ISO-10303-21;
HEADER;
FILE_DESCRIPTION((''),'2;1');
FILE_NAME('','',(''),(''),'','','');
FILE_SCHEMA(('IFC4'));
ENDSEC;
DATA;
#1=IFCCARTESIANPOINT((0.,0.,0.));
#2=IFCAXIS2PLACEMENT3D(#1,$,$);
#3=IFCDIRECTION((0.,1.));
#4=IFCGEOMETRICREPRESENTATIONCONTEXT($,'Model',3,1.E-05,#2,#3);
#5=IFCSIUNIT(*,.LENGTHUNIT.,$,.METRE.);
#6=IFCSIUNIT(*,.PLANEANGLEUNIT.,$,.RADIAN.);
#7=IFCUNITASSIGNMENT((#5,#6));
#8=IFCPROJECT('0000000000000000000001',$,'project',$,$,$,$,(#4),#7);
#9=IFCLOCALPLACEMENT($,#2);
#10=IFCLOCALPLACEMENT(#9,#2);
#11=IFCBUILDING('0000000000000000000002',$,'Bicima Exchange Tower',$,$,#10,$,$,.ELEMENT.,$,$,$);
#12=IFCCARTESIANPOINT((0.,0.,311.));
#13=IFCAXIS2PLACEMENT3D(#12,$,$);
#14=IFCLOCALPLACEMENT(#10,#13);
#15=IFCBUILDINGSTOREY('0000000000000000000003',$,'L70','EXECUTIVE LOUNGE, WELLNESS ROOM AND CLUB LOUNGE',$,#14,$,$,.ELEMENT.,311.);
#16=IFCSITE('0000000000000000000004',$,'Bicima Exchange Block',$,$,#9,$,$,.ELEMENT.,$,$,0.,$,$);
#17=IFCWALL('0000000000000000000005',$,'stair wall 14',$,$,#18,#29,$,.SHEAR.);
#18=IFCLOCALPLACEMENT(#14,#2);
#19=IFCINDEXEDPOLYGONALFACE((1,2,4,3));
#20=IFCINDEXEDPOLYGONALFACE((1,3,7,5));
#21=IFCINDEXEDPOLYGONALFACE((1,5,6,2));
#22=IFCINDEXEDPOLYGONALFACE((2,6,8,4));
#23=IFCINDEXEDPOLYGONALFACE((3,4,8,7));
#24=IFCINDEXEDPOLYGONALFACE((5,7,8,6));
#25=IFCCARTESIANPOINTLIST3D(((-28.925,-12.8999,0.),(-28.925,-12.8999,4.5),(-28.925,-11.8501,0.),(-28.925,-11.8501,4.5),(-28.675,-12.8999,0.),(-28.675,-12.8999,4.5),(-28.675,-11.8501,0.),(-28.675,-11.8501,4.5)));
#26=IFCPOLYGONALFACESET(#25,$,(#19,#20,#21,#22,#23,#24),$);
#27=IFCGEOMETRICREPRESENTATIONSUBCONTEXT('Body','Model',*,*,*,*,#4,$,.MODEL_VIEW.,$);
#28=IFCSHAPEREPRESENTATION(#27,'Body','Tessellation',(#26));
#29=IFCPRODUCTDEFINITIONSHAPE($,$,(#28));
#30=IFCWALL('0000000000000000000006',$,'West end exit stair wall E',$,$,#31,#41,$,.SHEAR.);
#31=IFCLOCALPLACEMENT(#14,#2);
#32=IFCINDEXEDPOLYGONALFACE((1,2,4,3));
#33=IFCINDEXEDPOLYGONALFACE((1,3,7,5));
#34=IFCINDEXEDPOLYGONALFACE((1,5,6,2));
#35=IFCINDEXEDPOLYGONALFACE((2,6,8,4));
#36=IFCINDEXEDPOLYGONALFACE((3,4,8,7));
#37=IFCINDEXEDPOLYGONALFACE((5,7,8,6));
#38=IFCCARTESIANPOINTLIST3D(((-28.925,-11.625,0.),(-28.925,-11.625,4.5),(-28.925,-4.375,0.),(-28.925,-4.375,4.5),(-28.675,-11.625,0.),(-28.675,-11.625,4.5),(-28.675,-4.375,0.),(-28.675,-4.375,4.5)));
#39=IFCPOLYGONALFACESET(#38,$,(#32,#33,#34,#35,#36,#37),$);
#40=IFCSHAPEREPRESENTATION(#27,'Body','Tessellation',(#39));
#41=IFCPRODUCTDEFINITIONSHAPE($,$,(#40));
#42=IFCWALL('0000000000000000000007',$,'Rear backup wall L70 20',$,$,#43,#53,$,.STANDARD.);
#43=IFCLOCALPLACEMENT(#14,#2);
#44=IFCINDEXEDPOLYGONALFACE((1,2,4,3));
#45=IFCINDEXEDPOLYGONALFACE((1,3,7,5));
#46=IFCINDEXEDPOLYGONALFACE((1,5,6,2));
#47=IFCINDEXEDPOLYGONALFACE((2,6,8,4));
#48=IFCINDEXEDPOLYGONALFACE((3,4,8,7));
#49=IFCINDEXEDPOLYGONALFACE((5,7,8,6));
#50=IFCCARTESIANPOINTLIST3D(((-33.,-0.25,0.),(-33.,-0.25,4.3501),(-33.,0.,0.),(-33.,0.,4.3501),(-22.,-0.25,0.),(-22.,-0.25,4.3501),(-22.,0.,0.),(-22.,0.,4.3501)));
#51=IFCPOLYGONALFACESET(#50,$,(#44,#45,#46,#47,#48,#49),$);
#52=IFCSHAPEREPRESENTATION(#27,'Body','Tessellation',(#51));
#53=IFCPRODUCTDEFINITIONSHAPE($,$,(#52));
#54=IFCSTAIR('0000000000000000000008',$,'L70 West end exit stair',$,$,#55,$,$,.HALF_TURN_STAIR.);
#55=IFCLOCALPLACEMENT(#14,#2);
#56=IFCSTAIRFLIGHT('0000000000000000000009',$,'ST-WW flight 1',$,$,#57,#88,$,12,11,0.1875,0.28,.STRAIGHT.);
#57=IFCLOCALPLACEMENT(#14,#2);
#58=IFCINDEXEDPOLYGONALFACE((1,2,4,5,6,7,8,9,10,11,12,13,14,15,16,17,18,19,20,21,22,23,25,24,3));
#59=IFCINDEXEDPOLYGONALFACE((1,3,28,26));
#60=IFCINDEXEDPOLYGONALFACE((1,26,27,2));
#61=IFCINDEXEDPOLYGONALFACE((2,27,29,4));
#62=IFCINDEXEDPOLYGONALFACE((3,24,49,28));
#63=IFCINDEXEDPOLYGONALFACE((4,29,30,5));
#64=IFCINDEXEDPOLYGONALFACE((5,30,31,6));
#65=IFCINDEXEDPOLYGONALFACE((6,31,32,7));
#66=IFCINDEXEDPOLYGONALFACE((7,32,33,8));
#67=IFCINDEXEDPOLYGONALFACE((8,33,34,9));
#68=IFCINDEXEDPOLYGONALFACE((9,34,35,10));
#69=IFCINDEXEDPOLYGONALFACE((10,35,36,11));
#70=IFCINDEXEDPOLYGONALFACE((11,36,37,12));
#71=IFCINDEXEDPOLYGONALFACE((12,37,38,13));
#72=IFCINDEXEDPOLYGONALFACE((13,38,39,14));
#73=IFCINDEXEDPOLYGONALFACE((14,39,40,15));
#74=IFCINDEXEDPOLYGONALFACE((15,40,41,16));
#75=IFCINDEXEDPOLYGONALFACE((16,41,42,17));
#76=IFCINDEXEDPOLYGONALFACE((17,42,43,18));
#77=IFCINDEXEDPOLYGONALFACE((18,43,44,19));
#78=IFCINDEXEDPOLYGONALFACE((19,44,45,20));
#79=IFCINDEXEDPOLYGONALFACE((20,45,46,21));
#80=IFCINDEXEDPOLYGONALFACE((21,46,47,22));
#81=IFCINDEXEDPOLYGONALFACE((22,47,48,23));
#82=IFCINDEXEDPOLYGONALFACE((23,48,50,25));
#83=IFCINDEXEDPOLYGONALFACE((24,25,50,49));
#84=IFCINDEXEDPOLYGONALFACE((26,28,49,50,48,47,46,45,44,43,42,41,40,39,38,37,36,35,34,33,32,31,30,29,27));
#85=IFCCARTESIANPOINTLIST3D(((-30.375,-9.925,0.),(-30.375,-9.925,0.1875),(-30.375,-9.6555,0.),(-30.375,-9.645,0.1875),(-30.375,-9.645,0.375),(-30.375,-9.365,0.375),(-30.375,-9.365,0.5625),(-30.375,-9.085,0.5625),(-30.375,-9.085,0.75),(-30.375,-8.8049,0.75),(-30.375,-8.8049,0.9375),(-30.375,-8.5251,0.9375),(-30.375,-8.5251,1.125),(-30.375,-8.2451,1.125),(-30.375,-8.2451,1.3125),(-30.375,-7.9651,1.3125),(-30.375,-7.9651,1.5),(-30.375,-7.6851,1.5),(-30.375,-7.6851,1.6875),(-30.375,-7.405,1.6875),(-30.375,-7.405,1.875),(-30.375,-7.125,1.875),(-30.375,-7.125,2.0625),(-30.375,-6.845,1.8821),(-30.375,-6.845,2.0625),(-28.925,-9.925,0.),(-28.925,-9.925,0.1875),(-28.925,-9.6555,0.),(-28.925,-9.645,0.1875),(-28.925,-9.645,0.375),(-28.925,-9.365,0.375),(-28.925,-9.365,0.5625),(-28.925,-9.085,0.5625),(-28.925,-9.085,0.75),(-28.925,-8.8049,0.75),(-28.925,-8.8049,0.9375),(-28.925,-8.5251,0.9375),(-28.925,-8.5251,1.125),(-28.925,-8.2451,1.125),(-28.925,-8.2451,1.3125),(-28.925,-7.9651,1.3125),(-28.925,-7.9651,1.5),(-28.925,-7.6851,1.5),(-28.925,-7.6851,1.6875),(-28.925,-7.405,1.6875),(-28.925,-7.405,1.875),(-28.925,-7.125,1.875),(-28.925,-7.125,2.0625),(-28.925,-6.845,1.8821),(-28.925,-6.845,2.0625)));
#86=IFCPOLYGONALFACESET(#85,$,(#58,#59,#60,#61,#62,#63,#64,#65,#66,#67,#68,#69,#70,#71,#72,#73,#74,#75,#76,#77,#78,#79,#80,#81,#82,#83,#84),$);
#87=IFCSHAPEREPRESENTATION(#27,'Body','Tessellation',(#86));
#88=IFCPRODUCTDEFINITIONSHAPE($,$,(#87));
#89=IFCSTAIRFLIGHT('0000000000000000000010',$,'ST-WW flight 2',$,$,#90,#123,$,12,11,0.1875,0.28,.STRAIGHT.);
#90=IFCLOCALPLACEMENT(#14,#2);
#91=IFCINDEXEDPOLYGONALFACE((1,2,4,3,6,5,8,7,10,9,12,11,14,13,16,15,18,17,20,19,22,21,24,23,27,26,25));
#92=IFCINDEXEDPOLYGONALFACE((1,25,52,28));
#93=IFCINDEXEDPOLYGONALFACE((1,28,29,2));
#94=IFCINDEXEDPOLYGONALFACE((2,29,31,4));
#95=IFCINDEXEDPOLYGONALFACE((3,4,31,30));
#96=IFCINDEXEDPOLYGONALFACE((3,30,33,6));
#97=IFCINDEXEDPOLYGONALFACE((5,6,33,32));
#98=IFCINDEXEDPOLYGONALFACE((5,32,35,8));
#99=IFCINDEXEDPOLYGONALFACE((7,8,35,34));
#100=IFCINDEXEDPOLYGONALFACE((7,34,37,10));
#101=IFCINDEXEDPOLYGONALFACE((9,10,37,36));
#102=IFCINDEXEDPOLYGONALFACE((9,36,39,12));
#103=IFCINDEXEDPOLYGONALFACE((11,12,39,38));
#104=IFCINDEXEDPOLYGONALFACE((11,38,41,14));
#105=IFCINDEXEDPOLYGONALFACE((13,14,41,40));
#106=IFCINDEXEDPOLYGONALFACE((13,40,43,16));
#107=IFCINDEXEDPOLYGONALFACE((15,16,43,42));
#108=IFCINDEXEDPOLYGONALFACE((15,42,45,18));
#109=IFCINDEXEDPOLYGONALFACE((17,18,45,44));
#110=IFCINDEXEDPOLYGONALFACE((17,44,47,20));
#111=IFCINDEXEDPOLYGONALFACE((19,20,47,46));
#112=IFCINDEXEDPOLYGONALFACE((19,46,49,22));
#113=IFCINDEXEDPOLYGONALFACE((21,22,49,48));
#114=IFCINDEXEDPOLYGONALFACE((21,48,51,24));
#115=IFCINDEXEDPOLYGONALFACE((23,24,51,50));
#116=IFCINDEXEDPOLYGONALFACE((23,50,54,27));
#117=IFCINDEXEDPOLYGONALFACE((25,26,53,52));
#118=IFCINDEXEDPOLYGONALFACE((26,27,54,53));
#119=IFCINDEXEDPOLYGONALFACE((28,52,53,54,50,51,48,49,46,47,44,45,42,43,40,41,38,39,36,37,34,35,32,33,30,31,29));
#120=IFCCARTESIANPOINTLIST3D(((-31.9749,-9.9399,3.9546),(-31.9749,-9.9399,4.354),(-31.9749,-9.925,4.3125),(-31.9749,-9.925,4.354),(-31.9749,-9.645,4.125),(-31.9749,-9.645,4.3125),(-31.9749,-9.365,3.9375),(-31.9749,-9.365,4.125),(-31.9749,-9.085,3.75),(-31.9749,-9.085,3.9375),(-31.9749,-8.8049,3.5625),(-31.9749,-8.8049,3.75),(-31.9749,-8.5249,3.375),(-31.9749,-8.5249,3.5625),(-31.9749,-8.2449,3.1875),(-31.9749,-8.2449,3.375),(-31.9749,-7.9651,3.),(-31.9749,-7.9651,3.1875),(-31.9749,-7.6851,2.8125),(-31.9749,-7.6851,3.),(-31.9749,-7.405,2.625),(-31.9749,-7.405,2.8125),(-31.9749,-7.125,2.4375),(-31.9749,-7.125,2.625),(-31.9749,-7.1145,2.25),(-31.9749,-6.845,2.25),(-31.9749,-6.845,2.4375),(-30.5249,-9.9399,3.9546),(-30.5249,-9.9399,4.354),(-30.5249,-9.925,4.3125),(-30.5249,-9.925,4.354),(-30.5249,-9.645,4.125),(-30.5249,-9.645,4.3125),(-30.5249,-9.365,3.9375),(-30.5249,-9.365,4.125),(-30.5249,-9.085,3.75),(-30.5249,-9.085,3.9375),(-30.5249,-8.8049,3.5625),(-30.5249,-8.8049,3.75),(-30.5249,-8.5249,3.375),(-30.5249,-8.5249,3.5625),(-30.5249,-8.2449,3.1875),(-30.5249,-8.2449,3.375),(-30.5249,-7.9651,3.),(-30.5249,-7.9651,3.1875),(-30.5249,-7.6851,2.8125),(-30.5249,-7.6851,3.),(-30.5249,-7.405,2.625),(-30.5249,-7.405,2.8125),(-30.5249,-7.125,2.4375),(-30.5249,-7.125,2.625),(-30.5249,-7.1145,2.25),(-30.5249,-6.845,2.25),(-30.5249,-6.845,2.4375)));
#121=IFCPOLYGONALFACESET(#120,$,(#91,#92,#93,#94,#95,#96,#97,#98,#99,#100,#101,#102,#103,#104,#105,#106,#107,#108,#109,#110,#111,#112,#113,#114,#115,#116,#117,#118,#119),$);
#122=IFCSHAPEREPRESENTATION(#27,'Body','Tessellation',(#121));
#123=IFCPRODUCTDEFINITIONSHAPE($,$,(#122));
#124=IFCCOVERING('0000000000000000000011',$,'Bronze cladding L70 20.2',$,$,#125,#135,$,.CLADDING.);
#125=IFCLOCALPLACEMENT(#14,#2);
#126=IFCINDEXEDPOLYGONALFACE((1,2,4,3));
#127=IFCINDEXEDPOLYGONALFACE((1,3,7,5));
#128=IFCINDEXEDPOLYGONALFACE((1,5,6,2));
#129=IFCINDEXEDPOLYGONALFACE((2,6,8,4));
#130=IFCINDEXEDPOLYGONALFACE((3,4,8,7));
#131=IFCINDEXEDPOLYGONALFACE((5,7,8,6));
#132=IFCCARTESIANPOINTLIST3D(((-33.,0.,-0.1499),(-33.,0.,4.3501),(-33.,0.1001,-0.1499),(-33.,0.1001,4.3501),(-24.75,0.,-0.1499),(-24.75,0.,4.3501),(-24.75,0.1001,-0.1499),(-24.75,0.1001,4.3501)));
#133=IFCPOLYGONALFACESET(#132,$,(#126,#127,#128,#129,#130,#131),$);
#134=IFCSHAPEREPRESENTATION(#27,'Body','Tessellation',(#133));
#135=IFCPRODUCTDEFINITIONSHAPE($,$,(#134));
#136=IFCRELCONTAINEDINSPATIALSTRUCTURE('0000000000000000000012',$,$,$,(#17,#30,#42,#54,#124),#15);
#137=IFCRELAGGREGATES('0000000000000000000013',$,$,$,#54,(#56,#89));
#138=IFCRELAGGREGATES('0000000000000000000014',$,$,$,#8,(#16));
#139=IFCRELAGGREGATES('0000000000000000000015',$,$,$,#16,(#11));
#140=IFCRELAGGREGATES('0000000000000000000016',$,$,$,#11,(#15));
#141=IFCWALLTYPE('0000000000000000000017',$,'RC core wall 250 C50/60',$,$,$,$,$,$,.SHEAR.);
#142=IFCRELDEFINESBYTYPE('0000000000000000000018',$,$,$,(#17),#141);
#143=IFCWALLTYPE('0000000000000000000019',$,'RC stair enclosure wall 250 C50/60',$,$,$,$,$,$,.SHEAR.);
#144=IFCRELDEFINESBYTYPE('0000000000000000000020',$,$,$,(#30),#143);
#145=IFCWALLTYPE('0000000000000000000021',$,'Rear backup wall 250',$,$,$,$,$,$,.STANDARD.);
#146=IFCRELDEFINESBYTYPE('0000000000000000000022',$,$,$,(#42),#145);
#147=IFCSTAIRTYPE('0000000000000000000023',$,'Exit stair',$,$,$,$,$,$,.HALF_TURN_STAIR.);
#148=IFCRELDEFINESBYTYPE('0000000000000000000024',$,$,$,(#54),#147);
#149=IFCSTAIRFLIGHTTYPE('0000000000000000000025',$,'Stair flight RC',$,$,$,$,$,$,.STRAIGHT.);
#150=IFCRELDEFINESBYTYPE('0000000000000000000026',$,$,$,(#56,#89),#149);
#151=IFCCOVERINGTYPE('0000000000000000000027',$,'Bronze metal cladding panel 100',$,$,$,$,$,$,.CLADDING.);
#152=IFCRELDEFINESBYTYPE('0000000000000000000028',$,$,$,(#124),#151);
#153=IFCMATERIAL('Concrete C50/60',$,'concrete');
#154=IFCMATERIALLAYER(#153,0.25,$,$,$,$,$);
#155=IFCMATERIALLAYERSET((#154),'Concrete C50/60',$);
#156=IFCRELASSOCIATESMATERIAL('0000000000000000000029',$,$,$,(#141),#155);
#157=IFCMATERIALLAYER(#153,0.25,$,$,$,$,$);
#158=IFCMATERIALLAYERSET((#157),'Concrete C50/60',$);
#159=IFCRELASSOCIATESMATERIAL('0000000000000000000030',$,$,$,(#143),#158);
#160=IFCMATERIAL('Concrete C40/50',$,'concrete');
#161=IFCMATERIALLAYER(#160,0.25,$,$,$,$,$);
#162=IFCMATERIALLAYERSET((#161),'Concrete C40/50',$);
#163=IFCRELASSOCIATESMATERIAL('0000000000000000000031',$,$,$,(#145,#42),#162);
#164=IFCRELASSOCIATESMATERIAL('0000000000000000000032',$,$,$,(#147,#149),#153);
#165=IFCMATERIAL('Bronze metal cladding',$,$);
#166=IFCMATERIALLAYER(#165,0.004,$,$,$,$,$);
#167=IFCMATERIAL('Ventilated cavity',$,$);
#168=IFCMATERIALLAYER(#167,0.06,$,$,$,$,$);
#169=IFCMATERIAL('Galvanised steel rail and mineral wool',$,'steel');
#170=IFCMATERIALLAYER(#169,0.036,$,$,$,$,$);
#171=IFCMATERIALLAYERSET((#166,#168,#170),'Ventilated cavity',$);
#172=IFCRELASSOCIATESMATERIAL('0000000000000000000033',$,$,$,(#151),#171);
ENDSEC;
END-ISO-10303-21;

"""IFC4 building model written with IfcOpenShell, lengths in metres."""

from ifc_helpers import new_model, si_unit, direction, frame, frame_2d, origin, origin_2d, place, context, subcontext, project, spatial, polyline, rectangle, outline, extrude, material, layer, layer_set, layer_usage, type_object, element, aggregate, save


model = new_model("IFC4")

# Units and contexts
model_context = context("Model", 3, precision=1e-05, world=origin(), true_north=direction((0.0, 1.0)))
body_context = subcontext(model_context, "Body", "Model", "MODEL_VIEW")
ifc_project = project(units=[si_unit("LENGTHUNIT", "METRE"), si_unit("PLANEANGLEUNIT", "RADIAN")], contexts=[model_context])

# Site, building, storey
site_placement = place(None, origin())
site = spatial("IfcSite", under=ifc_project, at=site_placement, Name="Bicima Exchange Block", CompositionType="ELEMENT", RefElevation=0.0)
building_placement = place(site_placement, origin())
building = spatial("IfcBuilding", under=site, at=building_placement, Name="Bicima Exchange Tower", CompositionType="ELEMENT")
storey_placement = place(building_placement, frame((0.0, 0.0, 311.0)))
storey = spatial("IfcBuildingStorey", under=building, at=storey_placement, Name="L70", Description="EXECUTIVE LOUNGE, WELLNESS ROOM AND CLUB LOUNGE", CompositionType="ELEMENT", Elevation=311.0)

# Shared definitions
ifc_material_1 = material(Name="Concrete C40/50", Category="concrete")

# Walls
ifc_material_2 = material(Name="Concrete C50/60", Category="concrete")
ifc_layer_1 = layer(ifc_material_2, 0.25)
ifc_layer_set_1 = layer_set([ifc_layer_1], Name="Concrete C50/60")
wall_type_1 = type_object("IfcWallType", Name="RC core wall 250 C50/60", PredefinedType="SHEAR", material=ifc_layer_set_1)
wall_1_placement = place(storey_placement, frame((-28.8, -12.8999, 0.0), z_axis=(0.0, 0.0, 1.0), x_axis=(0.0, 1.0, 0.0)))
element("IfcWall", 1, at=wall_1_placement, inside=storey, type_object=wall_type_1, Name="stair wall 14", PredefinedType="SHEAR", context=body_context, shape_type="SweptSolid", body=[
    extrude(rectangle(XDim=1.0498, YDim=0.25, at=frame_2d((0.5249, 0.0))), origin(), (0.0, 0.0, 1.0), 4.5),
])
ifc_layer_2 = layer(ifc_material_2, 0.25)
ifc_layer_set_2 = layer_set([ifc_layer_2], Name="Concrete C50/60")
wall_type_2 = type_object("IfcWallType", Name="RC stair enclosure wall 250 C50/60", PredefinedType="SHEAR", material=ifc_layer_set_2)
wall_2_placement = place(storey_placement, frame((-28.8, -11.625, 0.0), z_axis=(0.0, 0.0, 1.0), x_axis=(0.0, 1.0, 0.0)))
element("IfcWall", 2, at=wall_2_placement, inside=storey, type_object=wall_type_2, Name="West end exit stair wall E", PredefinedType="SHEAR", context=body_context, shape_type="SweptSolid", body=[
    extrude(rectangle(XDim=7.25, YDim=0.25, at=frame_2d((3.625, 0.0))), origin(), (0.0, 0.0, 1.0), 4.5),
])
ifc_layer_3 = layer(ifc_material_1, 0.25)
ifc_layer_set_3 = layer_set([ifc_layer_3], Name="Concrete C40/50")
ifc_layer_usage = layer_usage(ifc_layer_set_3, "AXIS2", "POSITIVE", -0.125)
wall_type_3 = type_object("IfcWallType", Name="Rear backup wall 250", PredefinedType="STANDARD", material=ifc_layer_set_3)
wall_3_placement = place(storey_placement, frame((-22.0, -0.125, 0.0), z_axis=(0.0, 0.0, 1.0), x_axis=(-1.0, 0.0, 0.0)))
element("IfcWall", 3, at=wall_3_placement, inside=storey, type_object=wall_type_3, material=ifc_layer_usage, Name="Rear backup wall L70 20", PredefinedType="STANDARD", context=body_context, shape_type="SweptSolid", body=[
    extrude(rectangle(XDim=11.0, YDim=0.25, at=frame_2d((5.5, 0.0))), origin(), (0.0, 0.0, 1.0), 4.3501),
])

# Stair, stair flights
stair_type = type_object("IfcStairType", Name="Exit stair", PredefinedType="HALF_TURN_STAIR", material=ifc_material_2)
stair_placement = place(storey_placement, origin())
stair = element("IfcStair", 4, at=stair_placement, inside=storey, type_object=stair_type, Name="L70 West end exit stair", PredefinedType="HALF_TURN_STAIR")
stair_flight_type = type_object("IfcStairFlightType", Name="Stair flight RC", PredefinedType="STRAIGHT", material=ifc_material_2)
stair_flight_1_placement = place(storey_placement, frame((-29.6499, -9.925, 0.0), z_axis=(0.0, 0.0, 1.0), x_axis=(0.0, 1.0, 0.0)))
stair_flight_1 = element("IfcStairFlight", 5, at=stair_flight_1_placement, type_object=stair_flight_type, Name="ST-WW flight 1", NumberOfRisers=12, NumberOfTreads=11, PredefinedType="STRAIGHT", RiserHeight=0.1875, TreadLength=0.28, context=body_context, shape_type="SweptSolid", body=[
    extrude(outline(polyline([(0.0, 0.0), (0.0, 0.1875), (0.28, 0.1875), (0.28, 0.375), (0.5601, 0.375), (0.5601, 0.5625), (0.8401, 0.5625), (0.8401, 0.75), (1.1201, 0.75), (1.1201, 0.9375), (1.3999, 0.9375), (1.3999, 1.125), (1.6799, 1.125), (1.6799, 1.3125), (1.96, 1.3125), (1.96, 1.5), (2.24, 1.5), (2.24, 1.6875), (2.52, 1.6875), (2.52, 1.875), (2.8, 1.875), (2.8, 2.0625), (3.0801, 2.0625), (3.0801, 2.25), (3.0801, 1.8821), (0.2695, 0.0), (0.0, 0.0)])), frame((0.0, 0.7251, 0.0), z_axis=(0.0, -1.0, 0.0), x_axis=(1.0, 0.0, 0.0)), (0.0, 0.0, 1.0), 1.45),
])
stair_flight_2_placement = place(storey_placement, frame((-31.25, -6.845, 2.25), z_axis=(0.0, 0.0, 1.0), x_axis=(0.0, -1.0, 0.0)))
stair_flight_2 = element("IfcStairFlight", 6, at=stair_flight_2_placement, type_object=stair_flight_type, Name="ST-WW flight 2", NumberOfRisers=12, NumberOfTreads=11, PredefinedType="STRAIGHT", RiserHeight=0.1875, TreadLength=0.28, context=body_context, shape_type="SweptSolid", body=[
    extrude(outline(polyline([(0.0, 0.0), (0.0, 0.1875), (0.28, 0.1875), (0.28, 0.375), (0.5601, 0.375), (0.5601, 0.5625), (0.8401, 0.5625), (0.8401, 0.75), (1.1201, 0.75), (1.1201, 0.9375), (1.3999, 0.9375), (1.3999, 1.125), (1.6799, 1.125), (1.6799, 1.3125), (1.96, 1.3125), (1.96, 1.5), (2.24, 1.5), (2.24, 1.6875), (2.52, 1.6875), (2.52, 1.875), (2.8, 1.875), (2.8, 2.0625), (3.0801, 2.0625), (3.0801, 2.104), (3.095, 2.104), (3.095, 1.7046), (0.2695, 0.0), (0.0, 0.0)])), frame((0.0, 0.7251, 0.0), z_axis=(0.0, -1.0, 0.0), x_axis=(1.0, 0.0, 0.0)), (0.0, 0.0, 1.0), 1.45),
])
aggregate(stair, [stair_flight_1, stair_flight_2])

# Covering
ifc_material_3 = material(Name="Bronze metal cladding")
ifc_layer_4 = layer(ifc_material_3, 0.004)
ifc_material_4 = material(Name="Ventilated cavity")
ifc_layer_5 = layer(ifc_material_4, 0.06)
ifc_material_5 = material(Name="Galvanised steel rail and mineral wool", Category="steel")
ifc_layer_6 = layer(ifc_material_5, 0.036)
ifc_layer_set_4 = layer_set([ifc_layer_4, ifc_layer_5, ifc_layer_6], Name="Ventilated cavity")
covering_type = type_object("IfcCoveringType", Name="Bronze metal cladding panel 100", PredefinedType="CLADDING", material=ifc_layer_set_4)
covering_placement = place(storey_placement, frame((-28.875, 0.05, -0.1499), z_axis=(0.0, 0.0, 1.0), x_axis=(-1.0, 0.0, 0.0)))
element("IfcCovering", 7, at=covering_placement, inside=storey, type_object=covering_type, Name="Bronze cladding L70 20.2", PredefinedType="CLADDING", context=body_context, shape_type="SweptSolid", body=[
    extrude(rectangle(XDim=8.25, YDim=0.1001, at=origin_2d()), origin(), (0.0, 0.0, 1.0), 4.5),
])

save(model, "model.ifc")
